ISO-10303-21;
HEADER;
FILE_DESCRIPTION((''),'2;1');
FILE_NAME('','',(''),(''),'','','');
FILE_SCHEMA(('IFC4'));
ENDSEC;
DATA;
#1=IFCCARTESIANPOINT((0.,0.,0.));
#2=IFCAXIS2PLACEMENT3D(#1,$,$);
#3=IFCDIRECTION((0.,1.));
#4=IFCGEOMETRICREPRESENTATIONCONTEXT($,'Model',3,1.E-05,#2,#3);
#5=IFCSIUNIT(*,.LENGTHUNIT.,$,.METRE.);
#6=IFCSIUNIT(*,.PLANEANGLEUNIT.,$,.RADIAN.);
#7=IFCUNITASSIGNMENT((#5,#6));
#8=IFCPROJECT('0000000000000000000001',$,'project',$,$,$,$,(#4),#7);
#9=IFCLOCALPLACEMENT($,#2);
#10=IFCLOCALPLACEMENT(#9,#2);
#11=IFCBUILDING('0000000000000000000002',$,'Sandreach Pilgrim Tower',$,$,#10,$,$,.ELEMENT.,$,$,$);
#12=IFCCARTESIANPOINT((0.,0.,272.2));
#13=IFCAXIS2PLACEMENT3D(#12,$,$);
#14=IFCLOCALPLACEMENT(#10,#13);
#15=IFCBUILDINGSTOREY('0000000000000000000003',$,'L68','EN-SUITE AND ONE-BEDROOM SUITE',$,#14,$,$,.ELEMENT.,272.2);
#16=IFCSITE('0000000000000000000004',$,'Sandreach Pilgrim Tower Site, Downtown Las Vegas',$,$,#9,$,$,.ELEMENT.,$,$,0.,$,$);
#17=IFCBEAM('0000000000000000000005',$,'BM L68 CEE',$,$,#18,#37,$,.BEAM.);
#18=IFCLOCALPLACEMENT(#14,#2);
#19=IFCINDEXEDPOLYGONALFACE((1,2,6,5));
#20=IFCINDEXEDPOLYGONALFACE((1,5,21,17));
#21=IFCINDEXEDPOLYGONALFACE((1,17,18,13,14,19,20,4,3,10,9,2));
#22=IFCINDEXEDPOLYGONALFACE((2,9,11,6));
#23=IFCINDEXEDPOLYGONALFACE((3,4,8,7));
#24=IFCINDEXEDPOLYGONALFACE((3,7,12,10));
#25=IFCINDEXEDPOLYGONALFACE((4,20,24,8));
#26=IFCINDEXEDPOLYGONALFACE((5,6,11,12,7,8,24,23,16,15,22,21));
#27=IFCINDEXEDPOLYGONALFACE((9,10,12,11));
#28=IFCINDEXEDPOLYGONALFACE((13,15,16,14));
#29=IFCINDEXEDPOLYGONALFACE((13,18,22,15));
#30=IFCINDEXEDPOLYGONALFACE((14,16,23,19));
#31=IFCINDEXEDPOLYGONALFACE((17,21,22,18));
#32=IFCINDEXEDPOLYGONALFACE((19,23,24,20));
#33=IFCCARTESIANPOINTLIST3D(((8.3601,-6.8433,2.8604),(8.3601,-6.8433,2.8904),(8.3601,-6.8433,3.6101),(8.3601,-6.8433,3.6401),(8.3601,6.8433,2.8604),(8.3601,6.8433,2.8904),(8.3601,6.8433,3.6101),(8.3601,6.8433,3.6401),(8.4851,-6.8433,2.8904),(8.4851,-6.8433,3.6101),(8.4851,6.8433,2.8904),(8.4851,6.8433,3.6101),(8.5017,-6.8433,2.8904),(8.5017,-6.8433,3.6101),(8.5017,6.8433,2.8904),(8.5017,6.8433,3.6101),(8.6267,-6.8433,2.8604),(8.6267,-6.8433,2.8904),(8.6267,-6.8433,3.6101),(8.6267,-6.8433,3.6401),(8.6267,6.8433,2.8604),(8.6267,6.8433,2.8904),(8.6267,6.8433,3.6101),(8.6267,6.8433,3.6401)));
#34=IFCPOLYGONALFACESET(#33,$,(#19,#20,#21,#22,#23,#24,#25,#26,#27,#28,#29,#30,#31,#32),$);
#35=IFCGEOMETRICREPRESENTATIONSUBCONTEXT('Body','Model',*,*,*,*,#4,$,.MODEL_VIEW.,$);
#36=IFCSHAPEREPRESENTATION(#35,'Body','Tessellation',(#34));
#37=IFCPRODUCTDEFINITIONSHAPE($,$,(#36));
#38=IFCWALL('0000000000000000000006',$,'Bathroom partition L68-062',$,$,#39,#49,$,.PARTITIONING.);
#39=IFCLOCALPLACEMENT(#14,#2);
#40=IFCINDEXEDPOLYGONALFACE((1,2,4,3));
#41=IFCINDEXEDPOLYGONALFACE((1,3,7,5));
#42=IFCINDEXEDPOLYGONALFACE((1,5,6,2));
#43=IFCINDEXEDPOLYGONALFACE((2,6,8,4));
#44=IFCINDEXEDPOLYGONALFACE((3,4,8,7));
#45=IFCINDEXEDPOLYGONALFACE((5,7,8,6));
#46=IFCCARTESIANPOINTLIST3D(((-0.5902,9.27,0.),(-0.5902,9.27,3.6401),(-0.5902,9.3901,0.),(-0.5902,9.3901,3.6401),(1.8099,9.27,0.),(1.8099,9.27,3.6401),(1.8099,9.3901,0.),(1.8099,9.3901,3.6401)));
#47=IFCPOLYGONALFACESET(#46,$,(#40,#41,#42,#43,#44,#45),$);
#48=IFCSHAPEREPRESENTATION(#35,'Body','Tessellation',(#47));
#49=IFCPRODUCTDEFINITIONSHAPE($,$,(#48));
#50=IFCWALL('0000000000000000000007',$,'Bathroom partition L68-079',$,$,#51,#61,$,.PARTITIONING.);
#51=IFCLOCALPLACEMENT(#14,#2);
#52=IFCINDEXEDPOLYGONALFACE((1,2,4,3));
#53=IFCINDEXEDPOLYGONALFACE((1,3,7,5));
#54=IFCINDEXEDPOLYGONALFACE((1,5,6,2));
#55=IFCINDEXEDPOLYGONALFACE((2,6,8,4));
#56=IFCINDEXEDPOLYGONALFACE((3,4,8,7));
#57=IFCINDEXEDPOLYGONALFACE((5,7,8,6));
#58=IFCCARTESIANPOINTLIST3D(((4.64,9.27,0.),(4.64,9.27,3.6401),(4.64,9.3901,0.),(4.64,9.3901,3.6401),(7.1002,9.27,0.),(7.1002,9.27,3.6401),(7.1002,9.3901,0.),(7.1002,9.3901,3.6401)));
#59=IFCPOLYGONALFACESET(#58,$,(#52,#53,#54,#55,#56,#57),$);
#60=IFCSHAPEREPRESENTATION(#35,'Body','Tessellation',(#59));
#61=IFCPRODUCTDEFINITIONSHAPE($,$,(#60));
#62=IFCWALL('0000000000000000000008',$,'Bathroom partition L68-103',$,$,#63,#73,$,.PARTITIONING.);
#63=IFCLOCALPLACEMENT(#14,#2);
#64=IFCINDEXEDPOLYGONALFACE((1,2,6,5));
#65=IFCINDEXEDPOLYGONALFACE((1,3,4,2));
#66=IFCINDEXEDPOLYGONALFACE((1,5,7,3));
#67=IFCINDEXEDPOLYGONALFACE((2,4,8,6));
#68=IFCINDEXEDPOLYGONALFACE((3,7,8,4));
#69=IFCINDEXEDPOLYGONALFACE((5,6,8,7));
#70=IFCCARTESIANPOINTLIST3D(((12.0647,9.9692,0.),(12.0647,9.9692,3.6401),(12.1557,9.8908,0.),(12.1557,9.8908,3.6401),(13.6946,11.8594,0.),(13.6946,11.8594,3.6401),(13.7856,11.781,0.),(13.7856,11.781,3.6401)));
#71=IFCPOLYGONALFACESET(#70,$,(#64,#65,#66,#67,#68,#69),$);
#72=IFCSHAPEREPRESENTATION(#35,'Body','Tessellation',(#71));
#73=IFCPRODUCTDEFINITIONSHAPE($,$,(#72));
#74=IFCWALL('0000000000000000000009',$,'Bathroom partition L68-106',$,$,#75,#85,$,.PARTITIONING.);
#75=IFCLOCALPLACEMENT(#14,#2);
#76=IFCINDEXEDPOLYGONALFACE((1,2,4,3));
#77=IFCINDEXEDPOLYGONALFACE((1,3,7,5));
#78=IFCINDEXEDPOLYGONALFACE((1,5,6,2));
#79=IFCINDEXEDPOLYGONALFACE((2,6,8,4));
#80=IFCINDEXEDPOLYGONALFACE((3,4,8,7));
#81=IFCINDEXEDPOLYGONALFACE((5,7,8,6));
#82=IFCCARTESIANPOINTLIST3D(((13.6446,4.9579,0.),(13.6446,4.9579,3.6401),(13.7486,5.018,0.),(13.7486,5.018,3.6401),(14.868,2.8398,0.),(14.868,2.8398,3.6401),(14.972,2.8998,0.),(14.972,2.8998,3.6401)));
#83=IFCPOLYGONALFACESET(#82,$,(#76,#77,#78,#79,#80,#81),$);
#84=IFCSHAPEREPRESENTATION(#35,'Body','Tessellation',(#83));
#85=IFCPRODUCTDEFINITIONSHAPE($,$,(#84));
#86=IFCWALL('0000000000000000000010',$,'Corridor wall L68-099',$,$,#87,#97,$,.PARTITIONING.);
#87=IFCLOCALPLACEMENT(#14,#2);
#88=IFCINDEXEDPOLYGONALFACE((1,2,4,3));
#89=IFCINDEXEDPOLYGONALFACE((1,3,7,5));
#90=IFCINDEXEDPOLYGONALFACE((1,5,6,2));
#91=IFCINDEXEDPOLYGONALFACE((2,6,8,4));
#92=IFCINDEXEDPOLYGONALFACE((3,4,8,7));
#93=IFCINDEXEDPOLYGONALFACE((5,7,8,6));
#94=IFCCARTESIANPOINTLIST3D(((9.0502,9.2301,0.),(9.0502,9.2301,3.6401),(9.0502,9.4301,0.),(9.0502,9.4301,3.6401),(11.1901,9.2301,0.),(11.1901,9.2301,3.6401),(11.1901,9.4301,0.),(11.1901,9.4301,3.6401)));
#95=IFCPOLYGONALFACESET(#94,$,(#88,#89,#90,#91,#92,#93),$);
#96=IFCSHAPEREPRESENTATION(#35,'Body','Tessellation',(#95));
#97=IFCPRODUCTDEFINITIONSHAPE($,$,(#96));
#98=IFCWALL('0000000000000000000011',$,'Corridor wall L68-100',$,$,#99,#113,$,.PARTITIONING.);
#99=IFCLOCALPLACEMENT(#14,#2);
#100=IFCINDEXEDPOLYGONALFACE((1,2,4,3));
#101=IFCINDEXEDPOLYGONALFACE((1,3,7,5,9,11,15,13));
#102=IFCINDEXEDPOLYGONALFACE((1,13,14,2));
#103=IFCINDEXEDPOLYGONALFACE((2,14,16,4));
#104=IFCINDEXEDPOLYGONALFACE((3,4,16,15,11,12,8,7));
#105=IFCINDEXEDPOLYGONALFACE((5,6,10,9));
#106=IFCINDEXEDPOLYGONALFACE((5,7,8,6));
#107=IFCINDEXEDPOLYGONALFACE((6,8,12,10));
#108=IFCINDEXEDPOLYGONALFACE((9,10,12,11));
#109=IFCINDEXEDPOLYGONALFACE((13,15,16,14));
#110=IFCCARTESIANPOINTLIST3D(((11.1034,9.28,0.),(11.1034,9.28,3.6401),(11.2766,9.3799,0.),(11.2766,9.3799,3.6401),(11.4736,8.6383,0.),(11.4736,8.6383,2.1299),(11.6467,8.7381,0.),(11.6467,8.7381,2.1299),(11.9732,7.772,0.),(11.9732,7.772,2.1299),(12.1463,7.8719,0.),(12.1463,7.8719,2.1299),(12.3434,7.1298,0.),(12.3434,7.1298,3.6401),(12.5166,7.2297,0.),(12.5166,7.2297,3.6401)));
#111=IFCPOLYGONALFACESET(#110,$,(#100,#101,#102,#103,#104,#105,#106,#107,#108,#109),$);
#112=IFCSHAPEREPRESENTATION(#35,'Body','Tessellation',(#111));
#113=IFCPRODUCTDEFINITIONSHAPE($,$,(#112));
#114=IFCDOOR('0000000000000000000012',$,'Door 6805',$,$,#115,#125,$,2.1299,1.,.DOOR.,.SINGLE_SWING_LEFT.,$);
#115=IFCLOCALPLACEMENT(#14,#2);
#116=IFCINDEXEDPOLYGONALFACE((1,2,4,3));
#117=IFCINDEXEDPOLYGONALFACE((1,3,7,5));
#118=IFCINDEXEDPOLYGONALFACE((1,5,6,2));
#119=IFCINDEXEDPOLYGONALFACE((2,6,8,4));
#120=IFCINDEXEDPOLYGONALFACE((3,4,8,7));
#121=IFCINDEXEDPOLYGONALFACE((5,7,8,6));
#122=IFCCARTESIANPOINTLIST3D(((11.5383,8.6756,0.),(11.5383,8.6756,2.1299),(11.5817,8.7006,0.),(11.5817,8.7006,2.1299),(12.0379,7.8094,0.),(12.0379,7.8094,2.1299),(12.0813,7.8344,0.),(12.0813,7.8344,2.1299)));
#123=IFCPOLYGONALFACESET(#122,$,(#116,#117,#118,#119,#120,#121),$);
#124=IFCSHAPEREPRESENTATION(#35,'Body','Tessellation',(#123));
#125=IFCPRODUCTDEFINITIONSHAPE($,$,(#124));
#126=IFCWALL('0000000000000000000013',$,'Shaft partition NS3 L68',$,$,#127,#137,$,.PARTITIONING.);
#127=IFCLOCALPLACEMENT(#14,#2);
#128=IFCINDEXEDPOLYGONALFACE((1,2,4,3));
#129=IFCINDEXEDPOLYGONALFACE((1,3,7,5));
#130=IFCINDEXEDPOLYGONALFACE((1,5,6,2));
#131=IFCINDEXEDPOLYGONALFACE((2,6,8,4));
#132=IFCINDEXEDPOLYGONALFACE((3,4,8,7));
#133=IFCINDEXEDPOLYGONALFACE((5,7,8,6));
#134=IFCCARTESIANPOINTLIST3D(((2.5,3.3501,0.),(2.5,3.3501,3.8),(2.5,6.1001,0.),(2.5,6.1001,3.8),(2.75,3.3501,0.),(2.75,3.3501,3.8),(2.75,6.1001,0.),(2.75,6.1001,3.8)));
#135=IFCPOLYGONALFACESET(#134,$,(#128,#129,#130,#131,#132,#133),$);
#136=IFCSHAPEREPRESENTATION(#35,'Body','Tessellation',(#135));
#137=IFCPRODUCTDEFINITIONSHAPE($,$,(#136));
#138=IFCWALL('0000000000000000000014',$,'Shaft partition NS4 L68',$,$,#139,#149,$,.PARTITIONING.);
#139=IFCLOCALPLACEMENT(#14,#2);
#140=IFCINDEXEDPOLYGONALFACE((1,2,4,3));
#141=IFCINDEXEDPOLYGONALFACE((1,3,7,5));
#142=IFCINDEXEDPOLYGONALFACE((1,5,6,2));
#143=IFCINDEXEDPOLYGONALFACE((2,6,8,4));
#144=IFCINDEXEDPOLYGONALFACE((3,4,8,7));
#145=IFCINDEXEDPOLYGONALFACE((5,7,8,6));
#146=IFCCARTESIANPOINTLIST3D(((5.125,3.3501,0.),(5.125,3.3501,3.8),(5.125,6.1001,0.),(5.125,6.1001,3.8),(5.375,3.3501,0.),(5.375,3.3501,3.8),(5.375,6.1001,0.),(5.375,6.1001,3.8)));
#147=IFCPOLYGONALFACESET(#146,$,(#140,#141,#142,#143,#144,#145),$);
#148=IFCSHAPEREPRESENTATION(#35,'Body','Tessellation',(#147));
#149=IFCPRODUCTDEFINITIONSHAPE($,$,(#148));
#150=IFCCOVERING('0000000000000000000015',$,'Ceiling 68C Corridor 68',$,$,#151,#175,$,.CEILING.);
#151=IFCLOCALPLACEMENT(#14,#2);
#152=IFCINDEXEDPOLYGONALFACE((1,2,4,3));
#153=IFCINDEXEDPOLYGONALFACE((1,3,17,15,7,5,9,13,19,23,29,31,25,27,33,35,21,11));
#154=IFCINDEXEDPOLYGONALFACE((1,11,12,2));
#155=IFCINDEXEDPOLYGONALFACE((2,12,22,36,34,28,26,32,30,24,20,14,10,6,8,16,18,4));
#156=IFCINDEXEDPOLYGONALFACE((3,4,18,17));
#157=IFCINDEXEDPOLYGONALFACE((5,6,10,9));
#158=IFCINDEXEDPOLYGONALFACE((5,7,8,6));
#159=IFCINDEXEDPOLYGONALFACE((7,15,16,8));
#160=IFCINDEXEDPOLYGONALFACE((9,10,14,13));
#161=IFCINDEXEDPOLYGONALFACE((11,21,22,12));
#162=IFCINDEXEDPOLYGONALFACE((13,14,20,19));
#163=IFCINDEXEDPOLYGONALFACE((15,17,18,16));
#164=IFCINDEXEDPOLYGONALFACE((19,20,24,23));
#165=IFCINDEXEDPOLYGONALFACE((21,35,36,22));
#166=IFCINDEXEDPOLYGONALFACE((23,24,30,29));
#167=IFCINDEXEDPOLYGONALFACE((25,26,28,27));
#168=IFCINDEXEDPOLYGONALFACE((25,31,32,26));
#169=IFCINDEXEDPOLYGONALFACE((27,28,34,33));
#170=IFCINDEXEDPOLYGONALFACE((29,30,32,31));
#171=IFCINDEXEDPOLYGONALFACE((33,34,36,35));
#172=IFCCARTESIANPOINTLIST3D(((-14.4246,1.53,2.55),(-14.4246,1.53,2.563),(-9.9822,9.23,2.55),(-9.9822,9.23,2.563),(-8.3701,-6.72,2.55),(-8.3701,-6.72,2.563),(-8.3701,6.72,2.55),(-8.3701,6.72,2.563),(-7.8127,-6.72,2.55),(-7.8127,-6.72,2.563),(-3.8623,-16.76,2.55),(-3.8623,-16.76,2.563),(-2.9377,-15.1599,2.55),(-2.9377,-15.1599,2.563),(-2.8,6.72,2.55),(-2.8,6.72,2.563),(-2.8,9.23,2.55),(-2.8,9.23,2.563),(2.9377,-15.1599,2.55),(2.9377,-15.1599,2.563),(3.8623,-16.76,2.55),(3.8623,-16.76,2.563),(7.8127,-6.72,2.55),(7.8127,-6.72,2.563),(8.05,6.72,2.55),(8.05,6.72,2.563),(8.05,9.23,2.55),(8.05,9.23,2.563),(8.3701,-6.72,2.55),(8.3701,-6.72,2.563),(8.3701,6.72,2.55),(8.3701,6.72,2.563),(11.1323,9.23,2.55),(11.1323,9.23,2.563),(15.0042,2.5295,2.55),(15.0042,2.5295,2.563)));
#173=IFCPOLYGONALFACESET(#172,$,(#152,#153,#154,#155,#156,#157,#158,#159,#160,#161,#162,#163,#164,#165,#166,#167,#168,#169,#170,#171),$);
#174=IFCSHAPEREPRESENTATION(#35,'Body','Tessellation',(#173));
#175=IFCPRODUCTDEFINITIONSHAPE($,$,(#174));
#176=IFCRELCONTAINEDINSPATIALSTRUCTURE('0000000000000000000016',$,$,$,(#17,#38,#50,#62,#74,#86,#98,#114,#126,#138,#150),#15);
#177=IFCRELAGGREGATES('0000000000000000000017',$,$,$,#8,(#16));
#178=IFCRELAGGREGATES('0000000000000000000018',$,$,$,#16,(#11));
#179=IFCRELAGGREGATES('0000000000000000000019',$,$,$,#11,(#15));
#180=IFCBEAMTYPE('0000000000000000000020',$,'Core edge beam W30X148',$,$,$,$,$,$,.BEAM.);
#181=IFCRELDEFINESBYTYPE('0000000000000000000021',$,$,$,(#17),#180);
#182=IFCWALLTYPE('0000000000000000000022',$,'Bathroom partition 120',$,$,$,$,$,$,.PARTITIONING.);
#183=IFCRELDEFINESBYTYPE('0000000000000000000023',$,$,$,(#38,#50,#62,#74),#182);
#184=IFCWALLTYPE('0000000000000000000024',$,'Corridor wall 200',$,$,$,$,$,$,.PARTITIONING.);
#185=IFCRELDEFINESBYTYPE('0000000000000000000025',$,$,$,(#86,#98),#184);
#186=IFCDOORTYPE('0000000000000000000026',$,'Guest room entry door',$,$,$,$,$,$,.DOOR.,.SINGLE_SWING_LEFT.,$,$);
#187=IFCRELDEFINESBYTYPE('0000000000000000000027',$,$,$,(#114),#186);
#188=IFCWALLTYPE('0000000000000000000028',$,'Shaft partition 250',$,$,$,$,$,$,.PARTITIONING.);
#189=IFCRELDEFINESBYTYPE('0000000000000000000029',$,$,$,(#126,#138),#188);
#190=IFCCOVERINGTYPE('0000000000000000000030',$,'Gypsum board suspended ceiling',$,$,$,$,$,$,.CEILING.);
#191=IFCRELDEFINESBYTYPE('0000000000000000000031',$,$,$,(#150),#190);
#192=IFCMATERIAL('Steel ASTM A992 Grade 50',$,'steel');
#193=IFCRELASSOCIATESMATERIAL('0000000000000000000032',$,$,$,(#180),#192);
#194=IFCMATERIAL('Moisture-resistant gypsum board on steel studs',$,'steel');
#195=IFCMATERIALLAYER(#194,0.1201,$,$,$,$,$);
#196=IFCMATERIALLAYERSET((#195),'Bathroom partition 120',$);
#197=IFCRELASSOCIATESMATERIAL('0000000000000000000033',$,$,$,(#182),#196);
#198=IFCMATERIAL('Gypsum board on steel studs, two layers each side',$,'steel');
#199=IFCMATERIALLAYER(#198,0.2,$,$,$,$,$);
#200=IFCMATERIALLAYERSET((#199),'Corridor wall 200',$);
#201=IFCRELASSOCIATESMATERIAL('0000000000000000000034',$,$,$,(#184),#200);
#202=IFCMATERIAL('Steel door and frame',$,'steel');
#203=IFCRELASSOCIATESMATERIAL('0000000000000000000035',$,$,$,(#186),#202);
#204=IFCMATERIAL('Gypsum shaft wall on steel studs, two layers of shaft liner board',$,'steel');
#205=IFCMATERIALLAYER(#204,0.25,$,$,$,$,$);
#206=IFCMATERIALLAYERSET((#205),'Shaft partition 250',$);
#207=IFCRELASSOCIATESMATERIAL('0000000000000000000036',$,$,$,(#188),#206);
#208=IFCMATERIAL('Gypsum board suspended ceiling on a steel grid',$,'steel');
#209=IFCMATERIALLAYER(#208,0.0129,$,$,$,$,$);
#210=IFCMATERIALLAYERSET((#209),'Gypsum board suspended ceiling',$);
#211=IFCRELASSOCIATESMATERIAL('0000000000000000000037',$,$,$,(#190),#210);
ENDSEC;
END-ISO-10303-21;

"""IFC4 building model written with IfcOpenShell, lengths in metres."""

from ifc_helpers import new_model, si_unit, direction, frame, frame_2d, origin, origin_2d, place, context, subcontext, project, spatial, polyline, rectangle, i_section, outline, extrude, material, layer, layer_set, material_profile, profile_set, type_object, element, fill, save


model = new_model("IFC4")

# Units and contexts
model_context = context("Model", 3, precision=1e-05, world=origin(), true_north=direction((0.0, 1.0)))
body_context = subcontext(model_context, "Body", "Model", "MODEL_VIEW")
ifc_project = project(units=[si_unit("LENGTHUNIT", "METRE"), si_unit("PLANEANGLEUNIT", "RADIAN")], contexts=[model_context])

# Site, building, storey
site_placement = place(None, origin())
site = spatial("IfcSite", under=ifc_project, at=site_placement, Name="Sandreach Pilgrim Tower Site, Downtown Las Vegas", CompositionType="ELEMENT", RefElevation=0.0)
building_placement = place(site_placement, origin())
building = spatial("IfcBuilding", under=site, at=building_placement, Name="Sandreach Pilgrim Tower", CompositionType="ELEMENT")
storey_placement = place(building_placement, frame((0.0, 0.0, 272.2)))
storey = spatial("IfcBuildingStorey", under=building, at=storey_placement, Name="L68", Description="EN-SUITE AND ONE-BEDROOM SUITE", CompositionType="ELEMENT", Elevation=272.2)

# Beam
ifc_material_1 = material(Name="Steel ASTM A992 Grade 50", Category="steel")
ifc_material_profile = material_profile(ifc_material_1, i_section(OverallWidth=0.2666, OverallDepth=0.7798, WebThickness=0.0166, FlangeThickness=0.03, at=origin_2d()), Name="W30X148")
ifc_profile_set = profile_set([ifc_material_profile], Name="Steel ASTM A992 Grade 50")
beam_type = type_object("IfcBeamType", Name="Core edge beam W30X148", PredefinedType="BEAM", material=ifc_profile_set)
beam_placement = place(storey_placement, frame((8.4934, 6.8433, 3.2502), z_axis=(0.0, -1.0, 0.0), x_axis=(1.0, 0.0, 0.0)))
element("IfcBeam", 1, at=beam_placement, inside=storey, type_object=beam_type, Name="BM L68 CEE", PredefinedType="BEAM", context=body_context, shape_type="SweptSolid", body=[
    extrude(i_section(OverallWidth=0.2666, OverallDepth=0.7798, WebThickness=0.0166, FlangeThickness=0.03, at=origin_2d()), origin(), (0.0, 0.0, 1.0), 13.6865),
])

# Walls
ifc_material_2 = material(Name="Moisture-resistant gypsum board on steel studs", Category="steel")
ifc_layer_1 = layer(ifc_material_2, 0.1201)
ifc_layer_set_1 = layer_set([ifc_layer_1], Name="Bathroom partition 120")
wall_type_1 = type_object("IfcWallType", Name="Bathroom partition 120", PredefinedType="PARTITIONING", material=ifc_layer_set_1)
wall_1_placement = place(storey_placement, frame((1.8101, 9.3301, 0.0), z_axis=(0.0, 0.0, 1.0), x_axis=(-1.0, 0.0, 0.0)))
element("IfcWall", 2, at=wall_1_placement, inside=storey, type_object=wall_type_1, Name="Bathroom partition L68-062", PredefinedType="PARTITIONING", context=body_context, shape_type="SweptSolid", body=[
    extrude(rectangle(XDim=2.4001, YDim=0.1201, at=frame_2d((1.2002, 0.0))), origin(), (0.0, 0.0, 1.0), 3.6401),
])
wall_2_placement = place(storey_placement, frame((7.1001, 9.3301, 0.0), z_axis=(0.0, 0.0, 1.0), x_axis=(-1.0, 0.0, 0.0)))
element("IfcWall", 3, at=wall_2_placement, inside=storey, type_object=wall_type_1, Name="Bathroom partition L68-079", PredefinedType="PARTITIONING", context=body_context, shape_type="SweptSolid", body=[
    extrude(rectangle(XDim=2.4602, YDim=0.1201, at=frame_2d((1.23, 0.0))), origin(), (0.0, 0.0, 1.0), 3.6401),
])
wall_3_placement = place(storey_placement, frame((12.1101, 9.9299, 0.0), z_axis=(0.0, 0.0, 1.0), x_axis=(0.653044, 0.75732, 0.0)))
element("IfcWall", 4, at=wall_3_placement, inside=storey, type_object=wall_type_1, Name="Bathroom partition L68-103", PredefinedType="PARTITIONING", context=body_context, shape_type="SweptSolid", body=[
    extrude(rectangle(XDim=2.4958, YDim=0.1201, at=frame_2d((1.248, 0.0))), origin(), (0.0, 0.0, 1.0), 3.6401),
])
wall_4_placement = place(storey_placement, frame((13.6965, 4.988, 0.0), z_axis=(0.0, 0.0, 1.0), x_axis=(0.500143, -0.865943, 0.0)))
element("IfcWall", 5, at=wall_4_placement, inside=storey, type_object=wall_type_1, Name="Bathroom partition L68-106", PredefinedType="PARTITIONING", context=body_context, shape_type="SweptSolid", body=[
    extrude(rectangle(XDim=2.446, YDim=0.1201, at=frame_2d((1.2231, 0.0))), origin(), (0.0, 0.0, 1.0), 3.6401),
])

# Shared definitions
ifc_material_3 = material(Name="Gypsum board on steel studs, two layers each side", Category="steel")
ifc_layer_2 = layer(ifc_material_3, 0.2)
ifc_layer_set_2 = layer_set([ifc_layer_2], Name="Corridor wall 200")
wall_type_2 = type_object("IfcWallType", Name="Corridor wall 200", PredefinedType="PARTITIONING", material=ifc_layer_set_2)
ifc_material_4 = material(Name="Steel door and frame", Category="steel")
door_type_1 = type_object("IfcDoorType", Name="Guest room entry door", OperationType="SINGLE_SWING_LEFT", PredefinedType="DOOR", material=ifc_material_4)

# Wall
wall_5_placement = place(storey_placement, frame((11.1899, 9.3301, 0.0), z_axis=(0.0, 0.0, 1.0), x_axis=(-1.0, 0.0, 0.0)))
element("IfcWall", 6, at=wall_5_placement, inside=storey, type_object=wall_type_2, Name="Corridor wall L68-099", PredefinedType="PARTITIONING", context=body_context, shape_type="SweptSolid", body=[
    extrude(rectangle(XDim=2.1399, YDim=0.2, at=frame_2d((1.0698, 0.0))), origin(), (0.0, 0.0, 1.0), 3.6401),
])

# Wall, opening, door
wall_6_placement = place(storey_placement, frame((11.1899, 9.3301, 0.0), z_axis=(0.0, 0.0, 1.0), x_axis=(0.499578, -0.866269, 0.0)))
wall_6 = element("IfcWall", 7, at=wall_6_placement, inside=storey, type_object=wall_type_2, Name="Corridor wall L68-100", PredefinedType="PARTITIONING", context=body_context, shape_type="SweptSolid", body=[
    extrude(rectangle(XDim=2.4822, YDim=0.2, at=frame_2d((1.2412, 0.0))), origin(), (0.0, 0.0, 1.0), 3.6401),
])
opening_1_placement = place(wall_6_placement, frame((0.741, 0.0, 0.0)))
opening_1 = element("IfcOpeningElement", 8, at=opening_1_placement, cuts=wall_6, PredefinedType="OPENING", context=body_context, shape_type="SweptSolid", body=[
    extrude(rectangle(XDim=1.0, YDim=2.1299, at=frame_2d((0.5, 1.0649))), frame((0.0, 0.1001, 0.0), z_axis=(0.0, -1.0, 0.0), x_axis=(1.0, 0.0, 0.0)), (0.0, 0.0, 1.0), 0.2),
])
door_1_placement = place(opening_1_placement, origin())
door_1 = element("IfcDoor", 9, at=door_1_placement, inside=storey, type_object=door_type_1, Name="Door 6805", OperationType="SINGLE_SWING_LEFT", OverallHeight=2.1299, OverallWidth=1.0, PredefinedType="DOOR", context=body_context, shape_type="SweptSolid", body=[
    extrude(rectangle(XDim=1.0, YDim=2.1299, at=frame_2d((0.5, 1.0649))), frame((0.0, 0.0249, 0.0), z_axis=(0.0, -1.0, 0.0), x_axis=(1.0, 0.0, 0.0)), (0.0, 0.0, 1.0), 0.05),
])
fill(opening_1, door_1)

# Walls
ifc_material_5 = material(Name="Gypsum shaft wall on steel studs, two layers of shaft liner board", Category="steel")
ifc_layer_3 = layer(ifc_material_5, 0.25)
ifc_layer_set_3 = layer_set([ifc_layer_3], Name="Shaft partition 250")
wall_type_3 = type_object("IfcWallType", Name="Shaft partition 250", PredefinedType="PARTITIONING", material=ifc_layer_set_3)
for number, where, z_axis, x_axis, name in (
    (10, (2.625, 3.3501, 0.0), (0.0, 0.0, 1.0), (0.0, 1.0, 0.0), "Shaft partition NS3 L68"),
    (11, (5.25, 3.3501, 0.0), (0.0, 0.0, 1.0), (0.0, 1.0, 0.0), "Shaft partition NS4 L68"),
):
    element("IfcWall", number, at=place(storey_placement, frame(where, z_axis=z_axis, x_axis=x_axis)), inside=storey, type_object=wall_type_3, Name=name, PredefinedType="PARTITIONING", context=body_context, shape_type="SweptSolid", body=[
        extrude(rectangle(XDim=2.75, YDim=0.25, at=frame_2d((1.375, 0.0))), origin(), (0.0, 0.0, 1.0), 3.8),
    ])

# Covering
ifc_material_6 = material(Name="Gypsum board suspended ceiling on a steel grid", Category="steel")
ifc_layer_4 = layer(ifc_material_6, 0.0129)
ifc_layer_set_4 = layer_set([ifc_layer_4], Name="Gypsum board suspended ceiling")
covering_type = type_object("IfcCoveringType", Name="Gypsum board suspended ceiling", PredefinedType="CEILING", material=ifc_layer_set_4)
covering_placement = place(storey_placement, frame((0.0, 0.0, 2.55)))
element("IfcCovering", 12, at=covering_placement, inside=storey, type_object=covering_type, Name="Ceiling 68C Corridor 68", PredefinedType="CEILING", context=body_context, shape_type="SweptSolid", body=[
    extrude(outline(polyline([(-14.4246, 1.53), (-9.9822, 9.23), (-2.8, 9.23), (-2.8, 6.72), (-8.3701, 6.72), (-8.3701, -6.72), (-7.8127, -6.72), (-2.9377, -15.1599), (2.9377, -15.1599), (7.8127, -6.72), (8.3701, -6.72), (8.3701, 6.72), (8.05, 6.72), (8.05, 9.23), (11.1323, 9.23), (15.0042, 2.5295), (3.8623, -16.76), (-3.8623, -16.76), (-14.4246, 1.53)])), origin(), (0.0, 0.0, 1.0), 0.0129),
])

save(model, "model.ifc")
